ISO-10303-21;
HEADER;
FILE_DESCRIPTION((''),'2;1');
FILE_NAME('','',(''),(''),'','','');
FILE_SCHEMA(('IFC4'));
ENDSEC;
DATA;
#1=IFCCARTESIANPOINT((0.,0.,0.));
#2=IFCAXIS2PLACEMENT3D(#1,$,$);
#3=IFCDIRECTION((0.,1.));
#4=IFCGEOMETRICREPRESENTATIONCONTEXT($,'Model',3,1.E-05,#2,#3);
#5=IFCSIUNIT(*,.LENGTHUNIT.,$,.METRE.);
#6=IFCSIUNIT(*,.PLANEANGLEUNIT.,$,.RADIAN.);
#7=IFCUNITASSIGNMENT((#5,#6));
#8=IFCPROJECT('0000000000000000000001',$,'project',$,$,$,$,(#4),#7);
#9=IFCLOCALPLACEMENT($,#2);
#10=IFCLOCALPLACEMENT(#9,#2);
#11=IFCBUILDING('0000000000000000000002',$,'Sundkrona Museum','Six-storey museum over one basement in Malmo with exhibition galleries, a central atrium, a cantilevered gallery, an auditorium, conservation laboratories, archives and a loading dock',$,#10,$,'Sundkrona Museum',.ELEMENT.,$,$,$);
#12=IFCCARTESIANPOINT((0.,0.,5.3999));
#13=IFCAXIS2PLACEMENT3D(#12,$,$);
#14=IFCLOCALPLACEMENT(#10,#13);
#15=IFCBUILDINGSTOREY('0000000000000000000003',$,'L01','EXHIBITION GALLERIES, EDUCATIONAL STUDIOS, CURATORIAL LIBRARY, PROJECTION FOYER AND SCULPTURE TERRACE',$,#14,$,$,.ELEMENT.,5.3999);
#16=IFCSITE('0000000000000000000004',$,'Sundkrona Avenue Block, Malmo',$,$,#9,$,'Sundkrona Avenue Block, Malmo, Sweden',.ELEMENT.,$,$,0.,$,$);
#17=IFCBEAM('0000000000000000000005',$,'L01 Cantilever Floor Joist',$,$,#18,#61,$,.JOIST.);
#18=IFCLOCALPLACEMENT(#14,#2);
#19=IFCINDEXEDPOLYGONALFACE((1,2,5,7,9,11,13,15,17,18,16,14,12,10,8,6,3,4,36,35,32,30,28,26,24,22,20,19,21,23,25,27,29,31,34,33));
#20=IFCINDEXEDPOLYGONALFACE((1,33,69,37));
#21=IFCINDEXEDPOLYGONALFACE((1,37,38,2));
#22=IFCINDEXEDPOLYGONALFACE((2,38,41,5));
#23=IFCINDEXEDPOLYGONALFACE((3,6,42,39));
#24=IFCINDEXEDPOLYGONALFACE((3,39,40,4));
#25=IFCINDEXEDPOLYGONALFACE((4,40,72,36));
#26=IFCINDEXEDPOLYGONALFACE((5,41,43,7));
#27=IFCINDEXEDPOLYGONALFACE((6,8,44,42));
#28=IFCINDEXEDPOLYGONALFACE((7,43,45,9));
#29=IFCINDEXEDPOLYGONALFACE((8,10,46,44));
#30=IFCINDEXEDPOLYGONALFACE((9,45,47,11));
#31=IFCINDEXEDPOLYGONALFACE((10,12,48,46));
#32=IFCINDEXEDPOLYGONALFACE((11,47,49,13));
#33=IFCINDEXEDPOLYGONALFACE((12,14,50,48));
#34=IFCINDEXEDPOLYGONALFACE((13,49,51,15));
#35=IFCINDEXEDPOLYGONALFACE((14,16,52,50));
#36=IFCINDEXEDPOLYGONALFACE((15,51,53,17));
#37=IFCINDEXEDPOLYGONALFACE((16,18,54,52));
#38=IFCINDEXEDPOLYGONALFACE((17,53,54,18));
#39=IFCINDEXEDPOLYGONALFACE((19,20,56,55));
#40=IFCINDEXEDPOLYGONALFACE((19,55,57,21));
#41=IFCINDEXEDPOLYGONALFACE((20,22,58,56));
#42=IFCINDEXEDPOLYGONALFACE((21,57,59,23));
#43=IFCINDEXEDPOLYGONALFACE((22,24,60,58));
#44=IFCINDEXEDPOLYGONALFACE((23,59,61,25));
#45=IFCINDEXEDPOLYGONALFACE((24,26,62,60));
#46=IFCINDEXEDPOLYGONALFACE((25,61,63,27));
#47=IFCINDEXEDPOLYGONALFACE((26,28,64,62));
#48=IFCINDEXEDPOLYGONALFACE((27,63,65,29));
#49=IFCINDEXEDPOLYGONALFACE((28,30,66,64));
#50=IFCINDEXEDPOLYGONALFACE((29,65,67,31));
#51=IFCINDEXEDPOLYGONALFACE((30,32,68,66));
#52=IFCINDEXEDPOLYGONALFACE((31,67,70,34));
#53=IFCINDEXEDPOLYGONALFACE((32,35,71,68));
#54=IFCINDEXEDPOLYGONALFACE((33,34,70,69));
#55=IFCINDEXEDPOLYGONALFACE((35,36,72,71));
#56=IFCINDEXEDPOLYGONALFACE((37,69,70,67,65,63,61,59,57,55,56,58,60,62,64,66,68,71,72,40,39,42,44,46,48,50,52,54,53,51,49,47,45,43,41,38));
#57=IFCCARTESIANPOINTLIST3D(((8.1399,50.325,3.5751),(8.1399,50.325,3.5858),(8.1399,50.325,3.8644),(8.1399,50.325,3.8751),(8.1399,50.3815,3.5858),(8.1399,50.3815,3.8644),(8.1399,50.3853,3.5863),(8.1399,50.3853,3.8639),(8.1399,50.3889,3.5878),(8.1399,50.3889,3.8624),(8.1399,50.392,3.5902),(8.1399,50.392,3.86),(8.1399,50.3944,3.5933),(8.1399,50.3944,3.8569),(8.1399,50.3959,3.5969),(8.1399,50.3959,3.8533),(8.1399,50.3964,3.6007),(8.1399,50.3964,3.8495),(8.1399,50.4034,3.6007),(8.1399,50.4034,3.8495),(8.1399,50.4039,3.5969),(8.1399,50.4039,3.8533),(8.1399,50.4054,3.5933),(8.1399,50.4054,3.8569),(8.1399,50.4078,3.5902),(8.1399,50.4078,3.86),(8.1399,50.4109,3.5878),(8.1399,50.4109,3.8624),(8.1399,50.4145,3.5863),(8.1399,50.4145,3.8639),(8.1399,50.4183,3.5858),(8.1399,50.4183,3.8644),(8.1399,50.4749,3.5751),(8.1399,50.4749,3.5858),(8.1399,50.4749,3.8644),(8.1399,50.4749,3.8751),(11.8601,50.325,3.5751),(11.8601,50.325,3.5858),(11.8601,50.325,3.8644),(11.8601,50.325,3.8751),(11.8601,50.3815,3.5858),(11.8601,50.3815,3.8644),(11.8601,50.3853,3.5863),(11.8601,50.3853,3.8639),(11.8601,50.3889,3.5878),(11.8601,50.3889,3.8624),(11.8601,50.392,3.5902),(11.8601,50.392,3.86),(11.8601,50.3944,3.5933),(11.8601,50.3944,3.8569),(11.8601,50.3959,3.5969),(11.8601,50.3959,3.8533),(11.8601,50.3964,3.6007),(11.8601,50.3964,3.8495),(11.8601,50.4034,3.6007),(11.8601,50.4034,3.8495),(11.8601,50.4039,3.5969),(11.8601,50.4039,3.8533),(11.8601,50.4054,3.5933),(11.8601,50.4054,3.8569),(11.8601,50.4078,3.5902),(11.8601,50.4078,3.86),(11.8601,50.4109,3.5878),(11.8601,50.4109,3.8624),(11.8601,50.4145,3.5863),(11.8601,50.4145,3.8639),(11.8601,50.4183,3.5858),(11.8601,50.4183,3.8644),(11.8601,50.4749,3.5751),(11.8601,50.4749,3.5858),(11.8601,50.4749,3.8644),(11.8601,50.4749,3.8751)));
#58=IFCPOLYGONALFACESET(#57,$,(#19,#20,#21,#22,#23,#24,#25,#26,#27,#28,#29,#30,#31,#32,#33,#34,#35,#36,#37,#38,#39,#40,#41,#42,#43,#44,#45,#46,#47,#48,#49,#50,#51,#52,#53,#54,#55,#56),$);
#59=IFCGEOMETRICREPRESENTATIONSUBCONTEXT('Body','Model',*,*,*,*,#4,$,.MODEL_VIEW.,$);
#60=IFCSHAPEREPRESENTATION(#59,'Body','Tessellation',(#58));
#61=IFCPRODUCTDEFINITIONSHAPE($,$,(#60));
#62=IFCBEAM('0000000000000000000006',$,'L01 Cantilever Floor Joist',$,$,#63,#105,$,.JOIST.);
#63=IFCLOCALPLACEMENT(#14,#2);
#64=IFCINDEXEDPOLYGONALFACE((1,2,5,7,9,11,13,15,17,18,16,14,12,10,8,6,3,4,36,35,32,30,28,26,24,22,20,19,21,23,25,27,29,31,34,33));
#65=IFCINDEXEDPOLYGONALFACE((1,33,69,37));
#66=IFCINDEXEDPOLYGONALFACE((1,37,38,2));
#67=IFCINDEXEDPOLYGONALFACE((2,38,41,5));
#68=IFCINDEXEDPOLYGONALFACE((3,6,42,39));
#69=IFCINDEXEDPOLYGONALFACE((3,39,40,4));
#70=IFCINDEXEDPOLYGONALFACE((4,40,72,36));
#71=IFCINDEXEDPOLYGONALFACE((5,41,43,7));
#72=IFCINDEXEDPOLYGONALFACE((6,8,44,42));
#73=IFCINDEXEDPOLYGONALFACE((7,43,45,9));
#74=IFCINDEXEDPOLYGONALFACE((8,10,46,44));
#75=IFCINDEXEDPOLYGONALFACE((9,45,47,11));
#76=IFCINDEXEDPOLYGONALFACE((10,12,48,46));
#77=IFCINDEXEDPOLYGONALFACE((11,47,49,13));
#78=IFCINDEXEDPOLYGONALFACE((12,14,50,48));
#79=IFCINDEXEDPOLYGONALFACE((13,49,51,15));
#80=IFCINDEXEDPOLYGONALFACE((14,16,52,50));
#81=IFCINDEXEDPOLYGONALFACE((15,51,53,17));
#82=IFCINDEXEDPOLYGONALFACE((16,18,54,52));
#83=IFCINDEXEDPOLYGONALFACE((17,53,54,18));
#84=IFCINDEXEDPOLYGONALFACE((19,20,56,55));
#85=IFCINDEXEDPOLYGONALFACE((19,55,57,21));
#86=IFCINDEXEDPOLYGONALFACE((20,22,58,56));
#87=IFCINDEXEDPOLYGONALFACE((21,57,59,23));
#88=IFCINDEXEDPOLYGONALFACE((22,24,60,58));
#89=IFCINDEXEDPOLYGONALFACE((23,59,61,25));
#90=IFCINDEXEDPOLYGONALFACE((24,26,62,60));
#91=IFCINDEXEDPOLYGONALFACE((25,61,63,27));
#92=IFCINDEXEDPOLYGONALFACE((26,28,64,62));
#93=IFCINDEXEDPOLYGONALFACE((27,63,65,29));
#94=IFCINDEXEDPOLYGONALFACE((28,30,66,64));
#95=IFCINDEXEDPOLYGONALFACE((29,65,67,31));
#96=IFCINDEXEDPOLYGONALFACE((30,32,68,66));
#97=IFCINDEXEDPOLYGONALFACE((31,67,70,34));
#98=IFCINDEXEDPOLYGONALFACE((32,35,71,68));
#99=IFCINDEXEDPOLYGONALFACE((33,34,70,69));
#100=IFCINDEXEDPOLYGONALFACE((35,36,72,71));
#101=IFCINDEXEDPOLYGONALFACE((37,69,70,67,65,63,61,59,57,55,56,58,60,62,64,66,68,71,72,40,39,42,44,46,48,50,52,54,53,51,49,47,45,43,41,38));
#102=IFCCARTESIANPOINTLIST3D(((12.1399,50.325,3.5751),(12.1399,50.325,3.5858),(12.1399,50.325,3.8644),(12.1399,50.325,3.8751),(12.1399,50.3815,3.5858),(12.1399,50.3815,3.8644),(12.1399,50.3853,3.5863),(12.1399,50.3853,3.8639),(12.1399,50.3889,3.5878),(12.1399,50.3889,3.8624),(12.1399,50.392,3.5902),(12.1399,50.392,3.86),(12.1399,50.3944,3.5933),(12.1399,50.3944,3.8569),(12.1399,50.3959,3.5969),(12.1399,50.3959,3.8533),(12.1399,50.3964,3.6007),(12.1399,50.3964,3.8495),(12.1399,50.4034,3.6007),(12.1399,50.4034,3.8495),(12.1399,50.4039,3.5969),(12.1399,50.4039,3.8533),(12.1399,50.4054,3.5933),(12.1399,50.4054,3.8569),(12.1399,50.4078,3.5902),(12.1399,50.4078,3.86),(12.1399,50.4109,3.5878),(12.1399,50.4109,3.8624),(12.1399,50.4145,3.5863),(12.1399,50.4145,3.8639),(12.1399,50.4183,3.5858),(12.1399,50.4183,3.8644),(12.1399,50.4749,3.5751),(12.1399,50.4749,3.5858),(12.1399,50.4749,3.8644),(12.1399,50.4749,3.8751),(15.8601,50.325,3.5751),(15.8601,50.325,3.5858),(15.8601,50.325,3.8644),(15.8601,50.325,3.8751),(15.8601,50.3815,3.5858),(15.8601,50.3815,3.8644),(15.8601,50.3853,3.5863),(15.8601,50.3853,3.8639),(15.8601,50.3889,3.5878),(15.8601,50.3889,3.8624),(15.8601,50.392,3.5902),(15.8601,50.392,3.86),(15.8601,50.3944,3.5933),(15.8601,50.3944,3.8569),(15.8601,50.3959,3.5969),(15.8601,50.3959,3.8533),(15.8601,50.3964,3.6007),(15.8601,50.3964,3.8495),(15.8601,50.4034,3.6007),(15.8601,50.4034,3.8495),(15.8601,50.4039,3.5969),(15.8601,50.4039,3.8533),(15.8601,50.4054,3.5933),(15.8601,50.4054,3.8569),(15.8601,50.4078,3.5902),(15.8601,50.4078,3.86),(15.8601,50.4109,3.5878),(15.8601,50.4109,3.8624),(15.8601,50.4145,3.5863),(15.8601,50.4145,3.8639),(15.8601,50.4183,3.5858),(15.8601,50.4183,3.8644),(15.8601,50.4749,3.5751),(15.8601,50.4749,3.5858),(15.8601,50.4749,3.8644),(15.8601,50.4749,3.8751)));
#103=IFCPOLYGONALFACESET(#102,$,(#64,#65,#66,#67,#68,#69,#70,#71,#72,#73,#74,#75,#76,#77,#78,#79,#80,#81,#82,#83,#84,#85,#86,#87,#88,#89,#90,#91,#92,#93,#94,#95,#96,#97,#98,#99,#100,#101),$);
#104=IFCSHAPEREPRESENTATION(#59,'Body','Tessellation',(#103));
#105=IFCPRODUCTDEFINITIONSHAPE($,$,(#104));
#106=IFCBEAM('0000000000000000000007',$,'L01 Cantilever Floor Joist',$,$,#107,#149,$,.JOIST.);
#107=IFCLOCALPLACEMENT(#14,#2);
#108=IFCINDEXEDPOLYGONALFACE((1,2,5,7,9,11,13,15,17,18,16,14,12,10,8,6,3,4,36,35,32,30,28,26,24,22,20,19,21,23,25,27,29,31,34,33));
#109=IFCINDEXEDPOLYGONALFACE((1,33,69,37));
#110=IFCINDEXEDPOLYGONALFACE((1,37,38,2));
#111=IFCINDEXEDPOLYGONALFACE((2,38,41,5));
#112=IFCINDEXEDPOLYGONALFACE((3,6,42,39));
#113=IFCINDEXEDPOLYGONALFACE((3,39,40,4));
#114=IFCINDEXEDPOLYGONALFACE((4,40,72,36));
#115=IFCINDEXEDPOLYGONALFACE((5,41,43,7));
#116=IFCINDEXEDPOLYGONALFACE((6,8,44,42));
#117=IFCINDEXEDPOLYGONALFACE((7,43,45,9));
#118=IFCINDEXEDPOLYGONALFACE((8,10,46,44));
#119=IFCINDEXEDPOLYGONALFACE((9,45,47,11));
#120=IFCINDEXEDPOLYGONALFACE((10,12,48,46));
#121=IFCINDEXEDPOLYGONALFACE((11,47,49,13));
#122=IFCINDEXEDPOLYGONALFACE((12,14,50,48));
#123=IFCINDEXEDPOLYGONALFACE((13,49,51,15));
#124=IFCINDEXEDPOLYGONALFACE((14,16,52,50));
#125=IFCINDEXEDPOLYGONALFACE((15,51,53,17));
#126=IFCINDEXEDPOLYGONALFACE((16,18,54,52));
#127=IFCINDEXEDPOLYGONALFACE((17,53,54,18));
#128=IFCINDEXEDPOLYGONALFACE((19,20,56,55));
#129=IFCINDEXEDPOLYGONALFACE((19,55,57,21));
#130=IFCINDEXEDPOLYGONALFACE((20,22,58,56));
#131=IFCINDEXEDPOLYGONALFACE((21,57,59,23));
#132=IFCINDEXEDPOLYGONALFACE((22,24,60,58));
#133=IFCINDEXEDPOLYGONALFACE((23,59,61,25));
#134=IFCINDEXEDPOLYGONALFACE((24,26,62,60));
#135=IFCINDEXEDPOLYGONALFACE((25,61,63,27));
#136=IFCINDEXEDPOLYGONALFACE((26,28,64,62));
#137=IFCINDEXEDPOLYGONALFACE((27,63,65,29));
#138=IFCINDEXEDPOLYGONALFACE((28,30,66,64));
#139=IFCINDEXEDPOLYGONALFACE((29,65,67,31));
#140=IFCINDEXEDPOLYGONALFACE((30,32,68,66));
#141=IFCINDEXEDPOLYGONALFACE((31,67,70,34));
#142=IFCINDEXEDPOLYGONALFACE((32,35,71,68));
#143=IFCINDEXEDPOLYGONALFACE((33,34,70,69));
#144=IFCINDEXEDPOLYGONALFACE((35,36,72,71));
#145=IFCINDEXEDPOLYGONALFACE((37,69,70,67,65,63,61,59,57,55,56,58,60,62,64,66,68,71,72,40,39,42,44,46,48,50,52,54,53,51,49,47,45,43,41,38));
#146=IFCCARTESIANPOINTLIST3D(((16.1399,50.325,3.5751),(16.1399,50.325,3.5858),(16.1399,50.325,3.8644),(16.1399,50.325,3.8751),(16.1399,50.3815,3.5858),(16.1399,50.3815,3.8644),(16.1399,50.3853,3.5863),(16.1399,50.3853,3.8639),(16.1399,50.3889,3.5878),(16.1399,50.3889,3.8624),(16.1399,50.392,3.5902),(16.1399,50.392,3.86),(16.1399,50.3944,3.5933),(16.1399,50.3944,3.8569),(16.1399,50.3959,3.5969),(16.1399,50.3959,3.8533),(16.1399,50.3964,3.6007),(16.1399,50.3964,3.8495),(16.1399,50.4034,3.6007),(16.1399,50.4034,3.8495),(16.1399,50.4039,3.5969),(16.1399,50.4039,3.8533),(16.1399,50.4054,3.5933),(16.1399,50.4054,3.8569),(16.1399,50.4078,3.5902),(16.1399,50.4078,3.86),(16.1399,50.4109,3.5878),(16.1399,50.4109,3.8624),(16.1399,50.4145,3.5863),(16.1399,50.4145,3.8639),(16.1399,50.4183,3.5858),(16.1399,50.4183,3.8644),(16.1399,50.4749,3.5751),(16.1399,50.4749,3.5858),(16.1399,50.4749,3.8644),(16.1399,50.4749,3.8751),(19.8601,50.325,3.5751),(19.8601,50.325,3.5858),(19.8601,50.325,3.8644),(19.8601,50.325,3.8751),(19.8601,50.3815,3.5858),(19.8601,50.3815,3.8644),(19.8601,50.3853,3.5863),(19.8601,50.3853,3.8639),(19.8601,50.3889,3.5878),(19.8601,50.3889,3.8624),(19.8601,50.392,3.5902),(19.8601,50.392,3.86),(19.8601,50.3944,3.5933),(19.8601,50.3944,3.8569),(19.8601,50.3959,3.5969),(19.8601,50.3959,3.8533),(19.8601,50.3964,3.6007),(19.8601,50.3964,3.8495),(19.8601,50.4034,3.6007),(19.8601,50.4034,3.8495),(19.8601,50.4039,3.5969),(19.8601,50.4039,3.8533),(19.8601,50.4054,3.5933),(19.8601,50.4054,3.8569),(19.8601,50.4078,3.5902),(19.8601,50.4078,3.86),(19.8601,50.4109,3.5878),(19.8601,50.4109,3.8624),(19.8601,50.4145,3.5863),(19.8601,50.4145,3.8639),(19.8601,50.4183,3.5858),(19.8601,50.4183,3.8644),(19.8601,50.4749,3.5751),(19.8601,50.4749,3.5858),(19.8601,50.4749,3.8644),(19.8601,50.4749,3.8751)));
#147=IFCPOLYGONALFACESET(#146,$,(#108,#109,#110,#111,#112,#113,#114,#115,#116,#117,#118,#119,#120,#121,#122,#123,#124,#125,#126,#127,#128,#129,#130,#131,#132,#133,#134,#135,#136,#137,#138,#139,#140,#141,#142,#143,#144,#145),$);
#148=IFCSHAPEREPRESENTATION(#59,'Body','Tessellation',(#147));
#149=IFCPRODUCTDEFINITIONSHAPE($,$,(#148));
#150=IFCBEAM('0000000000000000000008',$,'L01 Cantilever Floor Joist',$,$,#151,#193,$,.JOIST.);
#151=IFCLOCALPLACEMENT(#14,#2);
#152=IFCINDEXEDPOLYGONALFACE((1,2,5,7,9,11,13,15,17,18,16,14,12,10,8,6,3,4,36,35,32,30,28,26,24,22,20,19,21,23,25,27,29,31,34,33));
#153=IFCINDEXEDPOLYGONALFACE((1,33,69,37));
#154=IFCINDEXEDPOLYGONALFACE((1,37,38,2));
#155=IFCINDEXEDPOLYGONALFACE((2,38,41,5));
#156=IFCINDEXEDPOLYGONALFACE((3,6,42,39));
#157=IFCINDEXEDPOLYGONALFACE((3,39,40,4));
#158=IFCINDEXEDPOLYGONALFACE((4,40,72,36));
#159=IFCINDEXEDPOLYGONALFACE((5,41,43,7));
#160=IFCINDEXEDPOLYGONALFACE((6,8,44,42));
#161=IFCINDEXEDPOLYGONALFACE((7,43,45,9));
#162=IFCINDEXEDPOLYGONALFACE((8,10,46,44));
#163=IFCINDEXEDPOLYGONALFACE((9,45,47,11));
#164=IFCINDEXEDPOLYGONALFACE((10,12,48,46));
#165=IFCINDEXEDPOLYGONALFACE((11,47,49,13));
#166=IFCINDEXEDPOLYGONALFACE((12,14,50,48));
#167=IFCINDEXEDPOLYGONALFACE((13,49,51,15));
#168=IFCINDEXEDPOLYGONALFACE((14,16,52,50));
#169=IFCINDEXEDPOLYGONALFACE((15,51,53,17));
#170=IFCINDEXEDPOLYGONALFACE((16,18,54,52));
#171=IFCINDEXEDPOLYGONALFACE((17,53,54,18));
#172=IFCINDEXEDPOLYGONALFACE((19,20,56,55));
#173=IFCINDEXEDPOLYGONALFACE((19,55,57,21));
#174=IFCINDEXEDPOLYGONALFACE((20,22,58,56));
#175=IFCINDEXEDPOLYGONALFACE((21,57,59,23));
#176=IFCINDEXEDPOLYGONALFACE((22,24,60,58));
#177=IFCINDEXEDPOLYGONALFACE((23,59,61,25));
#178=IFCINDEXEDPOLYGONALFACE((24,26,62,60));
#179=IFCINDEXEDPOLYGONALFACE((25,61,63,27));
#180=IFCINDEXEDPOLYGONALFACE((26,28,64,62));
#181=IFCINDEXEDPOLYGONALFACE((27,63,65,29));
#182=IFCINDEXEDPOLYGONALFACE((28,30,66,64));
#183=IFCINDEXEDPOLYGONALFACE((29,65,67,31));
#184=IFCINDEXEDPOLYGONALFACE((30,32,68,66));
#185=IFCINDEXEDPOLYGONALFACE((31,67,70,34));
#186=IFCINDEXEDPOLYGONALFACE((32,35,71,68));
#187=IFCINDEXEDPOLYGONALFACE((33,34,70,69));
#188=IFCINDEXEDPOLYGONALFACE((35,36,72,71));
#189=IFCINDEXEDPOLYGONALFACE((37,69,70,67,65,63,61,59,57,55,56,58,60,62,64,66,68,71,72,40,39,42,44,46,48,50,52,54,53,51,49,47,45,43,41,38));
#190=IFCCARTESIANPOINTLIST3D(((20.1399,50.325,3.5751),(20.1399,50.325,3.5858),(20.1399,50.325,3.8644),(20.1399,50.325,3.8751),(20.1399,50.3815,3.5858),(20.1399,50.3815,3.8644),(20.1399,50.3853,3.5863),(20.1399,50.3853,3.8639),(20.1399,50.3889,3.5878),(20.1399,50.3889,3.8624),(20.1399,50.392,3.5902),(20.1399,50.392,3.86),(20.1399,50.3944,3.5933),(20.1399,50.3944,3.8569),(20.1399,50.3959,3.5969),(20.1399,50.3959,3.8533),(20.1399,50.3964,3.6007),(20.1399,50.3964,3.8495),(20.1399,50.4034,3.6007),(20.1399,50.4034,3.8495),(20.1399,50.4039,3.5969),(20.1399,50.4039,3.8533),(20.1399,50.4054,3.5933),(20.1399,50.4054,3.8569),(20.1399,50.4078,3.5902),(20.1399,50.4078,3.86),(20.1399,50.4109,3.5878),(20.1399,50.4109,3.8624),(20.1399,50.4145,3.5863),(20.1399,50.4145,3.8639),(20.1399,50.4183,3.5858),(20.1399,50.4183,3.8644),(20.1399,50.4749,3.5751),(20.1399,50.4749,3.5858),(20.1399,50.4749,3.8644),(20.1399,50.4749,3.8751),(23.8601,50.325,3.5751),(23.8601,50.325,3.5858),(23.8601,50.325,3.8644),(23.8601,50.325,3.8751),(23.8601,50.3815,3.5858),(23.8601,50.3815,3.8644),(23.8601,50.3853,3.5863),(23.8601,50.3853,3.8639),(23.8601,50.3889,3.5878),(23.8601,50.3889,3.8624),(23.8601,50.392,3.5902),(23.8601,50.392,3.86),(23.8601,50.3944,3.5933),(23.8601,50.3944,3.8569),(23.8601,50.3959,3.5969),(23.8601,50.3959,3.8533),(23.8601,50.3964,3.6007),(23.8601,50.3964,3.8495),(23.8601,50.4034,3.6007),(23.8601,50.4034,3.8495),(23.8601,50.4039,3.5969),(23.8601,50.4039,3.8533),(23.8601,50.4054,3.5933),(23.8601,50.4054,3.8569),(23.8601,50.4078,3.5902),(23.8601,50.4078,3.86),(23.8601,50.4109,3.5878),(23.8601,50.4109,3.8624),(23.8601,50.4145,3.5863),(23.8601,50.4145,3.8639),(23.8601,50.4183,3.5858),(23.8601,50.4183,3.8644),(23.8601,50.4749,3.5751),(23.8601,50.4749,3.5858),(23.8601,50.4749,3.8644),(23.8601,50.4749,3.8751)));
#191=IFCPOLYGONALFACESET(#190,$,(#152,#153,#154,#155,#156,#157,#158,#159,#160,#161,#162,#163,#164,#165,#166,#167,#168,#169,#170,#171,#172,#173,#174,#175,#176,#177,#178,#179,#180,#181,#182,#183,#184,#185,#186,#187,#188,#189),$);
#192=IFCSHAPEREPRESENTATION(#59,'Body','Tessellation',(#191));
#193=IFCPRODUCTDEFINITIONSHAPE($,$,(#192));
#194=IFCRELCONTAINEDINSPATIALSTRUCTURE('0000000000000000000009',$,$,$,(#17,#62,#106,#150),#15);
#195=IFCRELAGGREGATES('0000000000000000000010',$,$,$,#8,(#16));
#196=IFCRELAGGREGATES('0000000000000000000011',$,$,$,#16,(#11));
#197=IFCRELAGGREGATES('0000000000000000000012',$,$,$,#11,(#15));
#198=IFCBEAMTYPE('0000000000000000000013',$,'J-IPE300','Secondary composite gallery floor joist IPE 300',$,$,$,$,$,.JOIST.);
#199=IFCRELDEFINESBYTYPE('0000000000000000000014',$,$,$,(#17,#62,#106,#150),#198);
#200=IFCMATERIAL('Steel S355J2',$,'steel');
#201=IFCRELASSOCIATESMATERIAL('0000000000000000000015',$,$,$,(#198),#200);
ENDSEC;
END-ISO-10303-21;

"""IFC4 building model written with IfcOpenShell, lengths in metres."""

from ifc_helpers import new_model, si_unit, direction, frame, origin, origin_2d, place, context, subcontext, project, spatial, i_section, extrude, material, material_profile, profile_set, type_object, element, save


model = new_model("IFC4")

# Units and contexts
model_context = context("Model", 3, precision=1e-05, world=origin(), true_north=direction((0.0, 1.0)))
body_context = subcontext(model_context, "Body", "Model", "MODEL_VIEW")
ifc_project = project(units=[si_unit("LENGTHUNIT", "METRE"), si_unit("PLANEANGLEUNIT", "RADIAN")], contexts=[model_context])

# Site, building, storey
site_placement = place(None, origin())
site = spatial("IfcSite", under=ifc_project, at=site_placement, Name="Sundkrona Avenue Block, Malmo", LongName="Sundkrona Avenue Block, Malmo, Sweden", CompositionType="ELEMENT", RefElevation=0.0)
building_placement = place(site_placement, origin())
building = spatial("IfcBuilding", under=site, at=building_placement, Name="Sundkrona Museum", Description="Six-storey museum over one basement in Malmo with exhibition galleries, a central atrium, a cantilevered gallery, an auditorium, conservation laboratories, archives and a loading dock", LongName="Sundkrona Museum", CompositionType="ELEMENT")
storey_placement = place(building_placement, frame((0.0, 0.0, 5.3999)))
storey = spatial("IfcBuildingStorey", under=building, at=storey_placement, Name="L01", Description="EXHIBITION GALLERIES, EDUCATIONAL STUDIOS, CURATORIAL LIBRARY, PROJECTION FOYER AND SCULPTURE TERRACE", CompositionType="ELEMENT", Elevation=5.3999)

# Shared definitions
ifc_material_1 = material(Name="Steel S355J2", Category="steel")

# Beams
ifc_material_profile_1 = material_profile(ifc_material_1, i_section(OverallWidth=0.1499, OverallDepth=0.3, WebThickness=0.0071, FlangeThickness=0.0107, FilletRadius=0.0149, at=origin_2d()), Name="IPE 300")
ifc_profile_set_1 = profile_set([ifc_material_profile_1], Name="Steel S355J2")
beam_type_1 = type_object("IfcBeamType", Name="J-IPE300", Description="Secondary composite gallery floor joist IPE 300", PredefinedType="JOIST", material=ifc_profile_set_1)
for number, where, z_axis, x_axis, name in (
    (1, (8.1399, 50.3999, 3.7251), (1.0, 0.0, 0.0), (0.0, 1.0, 0.0), "L01 Cantilever Floor Joist"),
    (2, (12.1399, 50.3999, 3.7251), (1.0, 0.0, 0.0), (0.0, 1.0, 0.0), "L01 Cantilever Floor Joist"),
    (3, (16.1399, 50.3999, 3.7251), (1.0, 0.0, 0.0), (0.0, 1.0, 0.0), "L01 Cantilever Floor Joist"),
    (4, (20.1399, 50.3999, 3.7251), (1.0, 0.0, 0.0), (0.0, 1.0, 0.0), "L01 Cantilever Floor Joist"),
):
    element("IfcBeam", number, at=place(storey_placement, frame(where, z_axis=z_axis, x_axis=x_axis)), inside=storey, type_object=beam_type_1, Name=name, PredefinedType="JOIST", context=body_context, shape_type="SweptSolid", body=[
        extrude(i_section(OverallWidth=0.1499, OverallDepth=0.3, WebThickness=0.0071, FlangeThickness=0.0107, FilletRadius=0.0149, at=origin_2d()), origin(), (0.0, 0.0, 1.0), 3.7202),
    ])

save(model, "model.ifc")
